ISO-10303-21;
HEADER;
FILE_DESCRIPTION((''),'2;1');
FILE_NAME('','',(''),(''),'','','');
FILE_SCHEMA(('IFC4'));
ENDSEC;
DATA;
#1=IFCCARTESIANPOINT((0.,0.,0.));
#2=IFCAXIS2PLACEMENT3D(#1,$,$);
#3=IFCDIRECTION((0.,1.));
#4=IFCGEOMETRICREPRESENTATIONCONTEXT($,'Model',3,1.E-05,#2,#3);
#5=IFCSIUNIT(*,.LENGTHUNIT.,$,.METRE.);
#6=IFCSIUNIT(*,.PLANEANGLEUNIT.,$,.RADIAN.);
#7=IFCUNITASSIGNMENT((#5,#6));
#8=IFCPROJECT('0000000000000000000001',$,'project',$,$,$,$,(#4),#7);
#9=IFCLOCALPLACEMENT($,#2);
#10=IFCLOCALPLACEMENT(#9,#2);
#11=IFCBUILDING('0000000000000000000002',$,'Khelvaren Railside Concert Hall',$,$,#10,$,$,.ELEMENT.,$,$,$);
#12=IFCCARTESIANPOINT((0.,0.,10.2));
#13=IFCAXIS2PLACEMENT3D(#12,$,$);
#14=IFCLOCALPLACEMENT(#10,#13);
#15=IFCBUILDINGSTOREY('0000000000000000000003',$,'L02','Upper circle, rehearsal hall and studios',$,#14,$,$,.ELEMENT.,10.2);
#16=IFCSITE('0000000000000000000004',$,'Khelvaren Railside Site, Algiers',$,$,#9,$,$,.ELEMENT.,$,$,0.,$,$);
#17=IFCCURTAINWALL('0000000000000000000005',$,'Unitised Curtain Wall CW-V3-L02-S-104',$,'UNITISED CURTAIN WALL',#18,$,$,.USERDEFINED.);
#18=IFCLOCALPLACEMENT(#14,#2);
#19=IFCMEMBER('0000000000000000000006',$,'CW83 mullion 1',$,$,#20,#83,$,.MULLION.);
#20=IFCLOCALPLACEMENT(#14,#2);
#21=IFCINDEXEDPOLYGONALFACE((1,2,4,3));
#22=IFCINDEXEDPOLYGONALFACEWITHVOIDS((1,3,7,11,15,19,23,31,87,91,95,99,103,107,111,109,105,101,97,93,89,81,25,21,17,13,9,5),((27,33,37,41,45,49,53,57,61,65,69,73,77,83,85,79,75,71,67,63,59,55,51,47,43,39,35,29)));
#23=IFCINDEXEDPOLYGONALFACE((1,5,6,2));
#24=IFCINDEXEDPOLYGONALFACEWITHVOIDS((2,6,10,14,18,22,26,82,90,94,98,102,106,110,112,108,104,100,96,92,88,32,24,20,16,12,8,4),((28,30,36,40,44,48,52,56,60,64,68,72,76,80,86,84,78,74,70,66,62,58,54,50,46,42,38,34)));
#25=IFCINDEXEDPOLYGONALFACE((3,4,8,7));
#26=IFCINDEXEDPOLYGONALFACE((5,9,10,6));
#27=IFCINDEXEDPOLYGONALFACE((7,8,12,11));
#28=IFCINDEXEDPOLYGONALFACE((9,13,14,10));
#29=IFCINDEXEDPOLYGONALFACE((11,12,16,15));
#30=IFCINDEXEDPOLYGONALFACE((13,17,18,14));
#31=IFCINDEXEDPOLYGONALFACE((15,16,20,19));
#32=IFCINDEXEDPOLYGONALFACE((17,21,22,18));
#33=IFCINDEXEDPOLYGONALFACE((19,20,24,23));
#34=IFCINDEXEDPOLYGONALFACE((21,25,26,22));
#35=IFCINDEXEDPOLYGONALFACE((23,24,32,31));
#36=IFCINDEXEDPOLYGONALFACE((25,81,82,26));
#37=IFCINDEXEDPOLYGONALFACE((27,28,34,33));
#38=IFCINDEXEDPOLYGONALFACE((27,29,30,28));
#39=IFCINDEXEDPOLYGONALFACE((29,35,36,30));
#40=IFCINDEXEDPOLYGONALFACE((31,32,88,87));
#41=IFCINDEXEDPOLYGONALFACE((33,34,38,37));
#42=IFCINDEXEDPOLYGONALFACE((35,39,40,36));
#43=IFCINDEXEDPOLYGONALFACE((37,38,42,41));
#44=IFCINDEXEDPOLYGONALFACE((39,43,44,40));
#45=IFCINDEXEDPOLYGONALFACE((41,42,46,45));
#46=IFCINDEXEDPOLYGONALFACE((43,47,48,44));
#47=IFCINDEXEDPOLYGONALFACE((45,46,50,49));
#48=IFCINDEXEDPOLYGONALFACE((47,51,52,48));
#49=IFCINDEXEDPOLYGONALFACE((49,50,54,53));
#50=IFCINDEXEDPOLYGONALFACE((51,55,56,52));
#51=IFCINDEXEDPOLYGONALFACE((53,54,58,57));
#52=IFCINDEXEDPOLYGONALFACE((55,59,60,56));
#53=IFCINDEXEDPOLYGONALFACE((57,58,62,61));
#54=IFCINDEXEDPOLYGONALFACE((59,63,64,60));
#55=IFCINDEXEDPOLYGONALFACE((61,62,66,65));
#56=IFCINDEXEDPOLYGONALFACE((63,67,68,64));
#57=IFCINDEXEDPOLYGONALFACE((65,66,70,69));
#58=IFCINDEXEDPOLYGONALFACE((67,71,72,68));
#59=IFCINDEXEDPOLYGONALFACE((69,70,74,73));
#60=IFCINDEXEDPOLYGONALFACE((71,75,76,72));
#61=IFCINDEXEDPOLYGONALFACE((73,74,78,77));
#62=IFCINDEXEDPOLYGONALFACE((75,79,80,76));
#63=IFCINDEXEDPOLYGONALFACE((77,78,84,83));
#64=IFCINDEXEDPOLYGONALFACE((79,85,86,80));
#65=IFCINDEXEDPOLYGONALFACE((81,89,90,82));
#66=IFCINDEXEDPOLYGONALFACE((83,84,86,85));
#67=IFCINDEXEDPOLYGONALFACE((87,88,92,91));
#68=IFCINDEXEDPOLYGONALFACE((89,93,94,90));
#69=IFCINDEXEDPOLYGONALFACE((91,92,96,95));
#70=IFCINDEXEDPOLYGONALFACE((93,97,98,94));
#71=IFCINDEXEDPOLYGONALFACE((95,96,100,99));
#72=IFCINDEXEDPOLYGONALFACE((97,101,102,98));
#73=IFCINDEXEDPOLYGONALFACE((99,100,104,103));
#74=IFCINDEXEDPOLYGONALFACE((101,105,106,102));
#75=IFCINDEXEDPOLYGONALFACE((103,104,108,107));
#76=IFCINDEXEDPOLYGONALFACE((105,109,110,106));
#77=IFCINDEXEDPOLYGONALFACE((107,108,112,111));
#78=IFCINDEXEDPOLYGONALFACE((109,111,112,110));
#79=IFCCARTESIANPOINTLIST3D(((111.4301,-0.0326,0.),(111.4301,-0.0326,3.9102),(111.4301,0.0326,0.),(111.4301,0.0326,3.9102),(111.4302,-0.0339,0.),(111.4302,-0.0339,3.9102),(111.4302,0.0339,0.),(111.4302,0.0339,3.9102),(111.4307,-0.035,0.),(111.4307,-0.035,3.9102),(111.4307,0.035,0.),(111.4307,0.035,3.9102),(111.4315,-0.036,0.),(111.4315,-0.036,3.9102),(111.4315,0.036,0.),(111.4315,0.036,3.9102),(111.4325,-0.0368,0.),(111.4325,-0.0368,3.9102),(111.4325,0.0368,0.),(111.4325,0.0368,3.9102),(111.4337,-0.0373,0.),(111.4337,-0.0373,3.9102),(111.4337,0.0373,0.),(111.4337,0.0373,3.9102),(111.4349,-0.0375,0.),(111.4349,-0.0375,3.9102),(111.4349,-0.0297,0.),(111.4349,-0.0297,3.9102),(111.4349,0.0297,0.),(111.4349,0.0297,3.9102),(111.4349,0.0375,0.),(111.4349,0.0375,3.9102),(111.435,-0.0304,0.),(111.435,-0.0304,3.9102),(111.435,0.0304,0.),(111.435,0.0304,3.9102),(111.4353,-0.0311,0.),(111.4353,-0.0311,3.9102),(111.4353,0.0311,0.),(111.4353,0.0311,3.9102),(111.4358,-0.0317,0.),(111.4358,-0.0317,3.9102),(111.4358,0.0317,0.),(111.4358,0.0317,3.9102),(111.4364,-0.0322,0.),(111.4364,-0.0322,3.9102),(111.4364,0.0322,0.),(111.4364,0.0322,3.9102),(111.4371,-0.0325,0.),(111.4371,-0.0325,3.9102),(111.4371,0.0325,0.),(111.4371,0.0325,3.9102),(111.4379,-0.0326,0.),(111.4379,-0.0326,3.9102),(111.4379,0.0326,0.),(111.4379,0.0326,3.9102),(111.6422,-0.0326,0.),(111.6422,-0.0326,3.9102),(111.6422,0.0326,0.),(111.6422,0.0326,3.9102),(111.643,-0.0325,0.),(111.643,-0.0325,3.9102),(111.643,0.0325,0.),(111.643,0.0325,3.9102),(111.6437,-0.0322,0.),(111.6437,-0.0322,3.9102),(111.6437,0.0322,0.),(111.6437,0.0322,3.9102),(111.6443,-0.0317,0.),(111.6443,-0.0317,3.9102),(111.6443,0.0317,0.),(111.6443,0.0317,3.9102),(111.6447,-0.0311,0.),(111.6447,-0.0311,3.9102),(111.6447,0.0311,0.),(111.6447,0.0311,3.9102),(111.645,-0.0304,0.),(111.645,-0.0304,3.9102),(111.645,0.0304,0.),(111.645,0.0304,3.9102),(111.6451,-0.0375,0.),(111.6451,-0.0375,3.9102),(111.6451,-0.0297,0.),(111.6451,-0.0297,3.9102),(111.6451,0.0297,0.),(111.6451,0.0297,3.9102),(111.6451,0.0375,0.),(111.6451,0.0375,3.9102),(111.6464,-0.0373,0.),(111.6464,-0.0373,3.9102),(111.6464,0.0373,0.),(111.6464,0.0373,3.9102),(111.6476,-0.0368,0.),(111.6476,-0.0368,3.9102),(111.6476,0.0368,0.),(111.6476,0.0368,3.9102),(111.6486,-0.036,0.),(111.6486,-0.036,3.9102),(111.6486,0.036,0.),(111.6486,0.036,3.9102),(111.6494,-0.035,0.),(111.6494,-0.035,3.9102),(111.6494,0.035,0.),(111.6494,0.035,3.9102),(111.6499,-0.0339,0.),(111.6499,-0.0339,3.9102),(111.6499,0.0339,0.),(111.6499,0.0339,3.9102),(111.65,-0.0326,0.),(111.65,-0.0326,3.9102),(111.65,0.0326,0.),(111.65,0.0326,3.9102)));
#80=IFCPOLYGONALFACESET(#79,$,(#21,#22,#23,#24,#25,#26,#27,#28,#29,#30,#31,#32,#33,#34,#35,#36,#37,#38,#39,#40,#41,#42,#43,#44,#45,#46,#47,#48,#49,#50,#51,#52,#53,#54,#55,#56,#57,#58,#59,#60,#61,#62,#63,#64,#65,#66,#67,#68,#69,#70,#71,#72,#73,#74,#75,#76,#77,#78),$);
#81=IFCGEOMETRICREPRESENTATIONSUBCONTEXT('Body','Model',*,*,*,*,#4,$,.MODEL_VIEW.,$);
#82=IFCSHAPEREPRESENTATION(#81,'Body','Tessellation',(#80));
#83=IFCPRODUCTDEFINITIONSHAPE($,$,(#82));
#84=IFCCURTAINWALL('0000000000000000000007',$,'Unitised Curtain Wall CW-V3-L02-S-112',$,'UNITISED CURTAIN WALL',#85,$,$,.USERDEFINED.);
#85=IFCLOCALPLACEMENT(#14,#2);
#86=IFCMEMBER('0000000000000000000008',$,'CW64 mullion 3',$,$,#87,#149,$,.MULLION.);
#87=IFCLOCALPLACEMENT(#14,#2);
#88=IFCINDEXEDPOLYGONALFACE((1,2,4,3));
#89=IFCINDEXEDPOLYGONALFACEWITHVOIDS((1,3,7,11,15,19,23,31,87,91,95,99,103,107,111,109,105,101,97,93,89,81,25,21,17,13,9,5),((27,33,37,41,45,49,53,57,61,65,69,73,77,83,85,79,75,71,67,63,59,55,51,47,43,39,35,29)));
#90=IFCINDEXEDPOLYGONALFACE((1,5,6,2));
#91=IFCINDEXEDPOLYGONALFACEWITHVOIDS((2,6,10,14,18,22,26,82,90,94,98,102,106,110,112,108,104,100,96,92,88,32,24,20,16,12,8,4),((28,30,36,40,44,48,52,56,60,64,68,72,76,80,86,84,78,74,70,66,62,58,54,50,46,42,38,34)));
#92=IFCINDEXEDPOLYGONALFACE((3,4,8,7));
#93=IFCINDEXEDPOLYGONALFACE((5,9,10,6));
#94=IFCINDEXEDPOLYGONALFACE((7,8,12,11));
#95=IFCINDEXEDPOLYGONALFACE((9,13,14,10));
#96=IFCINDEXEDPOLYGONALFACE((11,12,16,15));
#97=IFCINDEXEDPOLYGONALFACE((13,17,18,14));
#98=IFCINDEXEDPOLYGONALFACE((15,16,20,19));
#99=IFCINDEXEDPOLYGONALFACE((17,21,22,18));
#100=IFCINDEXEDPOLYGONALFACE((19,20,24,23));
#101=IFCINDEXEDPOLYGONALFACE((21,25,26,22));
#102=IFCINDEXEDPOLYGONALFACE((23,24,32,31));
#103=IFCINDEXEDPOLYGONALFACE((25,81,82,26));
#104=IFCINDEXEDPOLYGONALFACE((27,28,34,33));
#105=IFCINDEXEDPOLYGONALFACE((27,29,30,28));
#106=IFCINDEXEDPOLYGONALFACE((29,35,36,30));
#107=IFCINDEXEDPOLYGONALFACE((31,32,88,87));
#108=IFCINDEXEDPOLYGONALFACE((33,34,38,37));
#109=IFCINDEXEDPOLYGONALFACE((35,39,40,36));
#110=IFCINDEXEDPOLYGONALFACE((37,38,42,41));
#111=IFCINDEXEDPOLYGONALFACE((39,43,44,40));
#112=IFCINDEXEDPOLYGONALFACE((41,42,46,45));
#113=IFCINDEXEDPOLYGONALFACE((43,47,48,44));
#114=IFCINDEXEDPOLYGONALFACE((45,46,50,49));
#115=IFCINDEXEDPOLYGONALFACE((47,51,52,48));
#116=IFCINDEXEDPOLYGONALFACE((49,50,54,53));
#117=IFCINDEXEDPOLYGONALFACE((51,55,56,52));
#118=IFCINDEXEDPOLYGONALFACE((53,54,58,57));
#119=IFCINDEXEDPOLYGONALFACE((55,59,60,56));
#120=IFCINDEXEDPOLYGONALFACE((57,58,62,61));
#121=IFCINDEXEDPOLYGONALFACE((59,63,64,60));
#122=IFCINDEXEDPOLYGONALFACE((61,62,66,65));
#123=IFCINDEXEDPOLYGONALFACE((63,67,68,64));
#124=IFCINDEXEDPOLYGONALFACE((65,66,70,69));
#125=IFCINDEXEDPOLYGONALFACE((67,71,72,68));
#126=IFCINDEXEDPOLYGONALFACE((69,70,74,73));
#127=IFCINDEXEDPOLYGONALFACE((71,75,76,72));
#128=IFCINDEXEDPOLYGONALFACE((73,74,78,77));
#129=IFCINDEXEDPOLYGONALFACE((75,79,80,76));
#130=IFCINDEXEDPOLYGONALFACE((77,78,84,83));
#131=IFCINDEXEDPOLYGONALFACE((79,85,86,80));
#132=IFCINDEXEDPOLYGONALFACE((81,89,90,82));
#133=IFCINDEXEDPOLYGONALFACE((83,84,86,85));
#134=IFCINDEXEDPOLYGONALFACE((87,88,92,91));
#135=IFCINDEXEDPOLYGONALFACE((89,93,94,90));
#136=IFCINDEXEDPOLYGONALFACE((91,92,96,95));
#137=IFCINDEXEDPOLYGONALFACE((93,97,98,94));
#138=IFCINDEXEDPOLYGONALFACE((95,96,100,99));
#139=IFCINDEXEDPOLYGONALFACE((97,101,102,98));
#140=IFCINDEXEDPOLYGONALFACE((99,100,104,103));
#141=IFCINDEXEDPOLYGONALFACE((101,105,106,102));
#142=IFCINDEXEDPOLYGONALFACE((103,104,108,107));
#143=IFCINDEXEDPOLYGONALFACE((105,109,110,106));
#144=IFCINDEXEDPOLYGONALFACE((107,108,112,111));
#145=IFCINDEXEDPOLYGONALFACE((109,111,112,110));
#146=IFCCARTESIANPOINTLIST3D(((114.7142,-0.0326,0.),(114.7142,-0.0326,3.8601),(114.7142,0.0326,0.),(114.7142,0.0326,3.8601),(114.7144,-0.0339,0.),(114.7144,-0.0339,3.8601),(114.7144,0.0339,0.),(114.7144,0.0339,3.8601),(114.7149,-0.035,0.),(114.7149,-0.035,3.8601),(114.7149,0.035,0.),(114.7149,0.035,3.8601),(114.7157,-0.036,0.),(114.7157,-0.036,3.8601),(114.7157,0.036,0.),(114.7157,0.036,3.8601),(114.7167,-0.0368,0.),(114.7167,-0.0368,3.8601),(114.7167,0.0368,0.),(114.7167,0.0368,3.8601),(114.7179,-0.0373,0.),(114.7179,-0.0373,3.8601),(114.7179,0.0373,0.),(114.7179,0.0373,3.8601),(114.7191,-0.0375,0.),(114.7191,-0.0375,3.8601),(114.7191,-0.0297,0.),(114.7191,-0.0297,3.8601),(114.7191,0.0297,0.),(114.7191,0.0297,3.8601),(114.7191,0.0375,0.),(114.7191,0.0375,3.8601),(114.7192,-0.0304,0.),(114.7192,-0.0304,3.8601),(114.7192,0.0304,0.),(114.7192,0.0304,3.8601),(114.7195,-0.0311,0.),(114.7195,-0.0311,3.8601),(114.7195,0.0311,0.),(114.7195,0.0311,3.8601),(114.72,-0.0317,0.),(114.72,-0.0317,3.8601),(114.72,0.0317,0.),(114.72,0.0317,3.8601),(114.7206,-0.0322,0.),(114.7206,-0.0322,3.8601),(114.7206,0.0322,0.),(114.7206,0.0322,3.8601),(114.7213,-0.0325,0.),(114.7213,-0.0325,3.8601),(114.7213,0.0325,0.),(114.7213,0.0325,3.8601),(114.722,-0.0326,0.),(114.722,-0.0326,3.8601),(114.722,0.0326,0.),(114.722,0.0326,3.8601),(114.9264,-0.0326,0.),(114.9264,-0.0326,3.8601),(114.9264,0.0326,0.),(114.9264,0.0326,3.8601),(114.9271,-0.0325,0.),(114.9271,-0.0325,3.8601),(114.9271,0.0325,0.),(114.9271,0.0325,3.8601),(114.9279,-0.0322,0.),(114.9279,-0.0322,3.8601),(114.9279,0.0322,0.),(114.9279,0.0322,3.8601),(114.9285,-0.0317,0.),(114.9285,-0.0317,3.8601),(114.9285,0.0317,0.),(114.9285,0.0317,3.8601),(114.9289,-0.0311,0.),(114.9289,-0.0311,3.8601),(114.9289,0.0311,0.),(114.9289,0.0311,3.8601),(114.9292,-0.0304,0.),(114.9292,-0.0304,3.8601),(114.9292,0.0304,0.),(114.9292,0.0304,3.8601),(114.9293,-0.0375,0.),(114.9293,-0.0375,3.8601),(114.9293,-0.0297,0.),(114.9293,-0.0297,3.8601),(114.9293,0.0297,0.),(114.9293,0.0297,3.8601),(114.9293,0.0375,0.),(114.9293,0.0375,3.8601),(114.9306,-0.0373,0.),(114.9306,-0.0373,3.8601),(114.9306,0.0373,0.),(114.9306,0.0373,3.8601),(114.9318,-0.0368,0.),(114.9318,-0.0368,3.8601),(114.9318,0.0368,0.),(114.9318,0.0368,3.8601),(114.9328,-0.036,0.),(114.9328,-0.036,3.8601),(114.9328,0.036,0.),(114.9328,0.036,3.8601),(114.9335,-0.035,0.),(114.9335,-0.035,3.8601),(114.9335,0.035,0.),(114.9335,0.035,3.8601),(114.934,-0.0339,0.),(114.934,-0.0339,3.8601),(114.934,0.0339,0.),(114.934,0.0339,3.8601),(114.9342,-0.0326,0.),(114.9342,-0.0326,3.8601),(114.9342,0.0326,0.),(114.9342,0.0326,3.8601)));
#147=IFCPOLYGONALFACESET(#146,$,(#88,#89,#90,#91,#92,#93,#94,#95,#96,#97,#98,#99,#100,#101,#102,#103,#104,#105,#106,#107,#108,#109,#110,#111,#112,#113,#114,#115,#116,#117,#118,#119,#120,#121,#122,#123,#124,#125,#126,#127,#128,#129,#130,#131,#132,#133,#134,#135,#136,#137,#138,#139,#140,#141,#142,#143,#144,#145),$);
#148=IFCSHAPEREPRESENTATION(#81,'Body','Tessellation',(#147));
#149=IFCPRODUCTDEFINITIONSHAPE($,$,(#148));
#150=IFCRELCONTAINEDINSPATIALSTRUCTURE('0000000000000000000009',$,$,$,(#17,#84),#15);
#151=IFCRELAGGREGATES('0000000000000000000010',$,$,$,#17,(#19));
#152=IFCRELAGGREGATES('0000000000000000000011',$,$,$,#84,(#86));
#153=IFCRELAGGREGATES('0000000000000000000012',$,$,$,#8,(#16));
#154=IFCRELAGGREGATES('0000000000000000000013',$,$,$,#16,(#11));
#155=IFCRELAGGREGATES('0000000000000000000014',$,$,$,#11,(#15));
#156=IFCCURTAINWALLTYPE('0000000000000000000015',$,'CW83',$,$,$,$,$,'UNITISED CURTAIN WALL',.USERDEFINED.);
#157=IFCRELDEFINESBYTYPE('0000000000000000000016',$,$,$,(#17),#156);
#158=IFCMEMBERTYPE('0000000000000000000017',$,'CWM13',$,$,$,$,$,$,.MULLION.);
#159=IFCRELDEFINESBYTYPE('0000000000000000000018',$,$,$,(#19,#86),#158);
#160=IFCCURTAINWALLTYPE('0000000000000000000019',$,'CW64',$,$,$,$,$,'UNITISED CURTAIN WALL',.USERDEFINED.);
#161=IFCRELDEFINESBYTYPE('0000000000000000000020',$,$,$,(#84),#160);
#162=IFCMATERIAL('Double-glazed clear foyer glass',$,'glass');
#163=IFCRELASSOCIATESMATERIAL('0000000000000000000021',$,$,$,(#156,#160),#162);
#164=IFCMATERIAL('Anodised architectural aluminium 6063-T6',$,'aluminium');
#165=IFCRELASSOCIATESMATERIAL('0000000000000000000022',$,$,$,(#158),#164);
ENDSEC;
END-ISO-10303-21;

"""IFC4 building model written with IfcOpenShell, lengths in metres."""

from ifc_helpers import new_model, si_unit, direction, frame, origin, origin_2d, place, context, subcontext, project, spatial, hollow_rectangle, extrude, material, material_profile, profile_set, type_object, element, aggregate, save


model = new_model("IFC4")

# Units and contexts
model_context = context("Model", 3, precision=1e-05, world=origin(), true_north=direction((0.0, 1.0)))
body_context = subcontext(model_context, "Body", "Model", "MODEL_VIEW")
ifc_project = project(units=[si_unit("LENGTHUNIT", "METRE"), si_unit("PLANEANGLEUNIT", "RADIAN")], contexts=[model_context])

# Site, building, storey
site_placement = place(None, origin())
site = spatial("IfcSite", under=ifc_project, at=site_placement, Name="Khelvaren Railside Site, Algiers", CompositionType="ELEMENT", RefElevation=0.0)
building_placement = place(site_placement, origin())
building = spatial("IfcBuilding", under=site, at=building_placement, Name="Khelvaren Railside Concert Hall", CompositionType="ELEMENT")
storey_placement = place(building_placement, frame((0.0, 0.0, 10.2)))
storey = spatial("IfcBuildingStorey", under=building, at=storey_placement, Name="L02", Description="Upper circle, rehearsal hall and studios", CompositionType="ELEMENT", Elevation=10.2)

# Curtain wall, member
ifc_material_1 = material(Name="Double-glazed clear foyer glass", Category="glass")
curtain_wall_type_1 = type_object("IfcCurtainWallType", Name="CW83", ElementType="UNITISED CURTAIN WALL", PredefinedType="USERDEFINED", material=ifc_material_1)
curtain_wall_1_placement = place(storey_placement, origin())
curtain_wall_1 = element("IfcCurtainWall", 1, at=curtain_wall_1_placement, inside=storey, type_object=curtain_wall_type_1, Name="Unitised Curtain Wall CW-V3-L02-S-104", ObjectType="UNITISED CURTAIN WALL", PredefinedType="USERDEFINED")
ifc_material_2 = material(Name="Anodised architectural aluminium 6063-T6", Category="aluminium")
ifc_material_profile_1 = material_profile(ifc_material_2, hollow_rectangle(XDim=0.075, YDim=0.22, WallThickness=0.0049, InnerFilletRadius=0.0029, OuterFilletRadius=0.0049, at=origin_2d()), Name="CWM 75x220x5")
ifc_profile_set_1 = profile_set([ifc_material_profile_1], Name="Anodised architectural aluminium 6063-T6")
member_type_1 = type_object("IfcMemberType", Name="CWM13", PredefinedType="MULLION", material=ifc_profile_set_1)
member_1_placement = place(storey_placement, frame((111.54, 0.0, 0.0), z_axis=(0.0, 0.0, 1.0), x_axis=(0.0, -1.0, 0.0)))
member_1 = element("IfcMember", 2, at=member_1_placement, type_object=member_type_1, Name="CW83 mullion 1", PredefinedType="MULLION", context=body_context, shape_type="SweptSolid", body=[
    extrude(hollow_rectangle(XDim=0.075, YDim=0.22, WallThickness=0.0049, InnerFilletRadius=0.0029, OuterFilletRadius=0.0049, at=origin_2d()), origin(), (0.0, 0.0, 1.0), 3.9102),
])

# Curtain wall, member
curtain_wall_type_2 = type_object("IfcCurtainWallType", Name="CW64", ElementType="UNITISED CURTAIN WALL", PredefinedType="USERDEFINED", material=ifc_material_1)
curtain_wall_2_placement = place(storey_placement, origin())
curtain_wall_2 = element("IfcCurtainWall", 3, at=curtain_wall_2_placement, inside=storey, type_object=curtain_wall_type_2, Name="Unitised Curtain Wall CW-V3-L02-S-112", ObjectType="UNITISED CURTAIN WALL", PredefinedType="USERDEFINED")
member_2_placement = place(storey_placement, frame((114.8242, 0.0, 0.0), z_axis=(0.0, 0.0, 1.0), x_axis=(0.0, -1.0, 0.0)))
member_2 = element("IfcMember", 4, at=member_2_placement, type_object=member_type_1, Name="CW64 mullion 3", PredefinedType="MULLION", context=body_context, shape_type="SweptSolid", body=[
    extrude(hollow_rectangle(XDim=0.075, YDim=0.22, WallThickness=0.0049, InnerFilletRadius=0.0029, OuterFilletRadius=0.0049, at=origin_2d()), origin(), (0.0, 0.0, 1.0), 3.8601),
])

aggregate(curtain_wall_1, [member_1])

aggregate(curtain_wall_2, [member_2])

save(model, "model.ifc")
